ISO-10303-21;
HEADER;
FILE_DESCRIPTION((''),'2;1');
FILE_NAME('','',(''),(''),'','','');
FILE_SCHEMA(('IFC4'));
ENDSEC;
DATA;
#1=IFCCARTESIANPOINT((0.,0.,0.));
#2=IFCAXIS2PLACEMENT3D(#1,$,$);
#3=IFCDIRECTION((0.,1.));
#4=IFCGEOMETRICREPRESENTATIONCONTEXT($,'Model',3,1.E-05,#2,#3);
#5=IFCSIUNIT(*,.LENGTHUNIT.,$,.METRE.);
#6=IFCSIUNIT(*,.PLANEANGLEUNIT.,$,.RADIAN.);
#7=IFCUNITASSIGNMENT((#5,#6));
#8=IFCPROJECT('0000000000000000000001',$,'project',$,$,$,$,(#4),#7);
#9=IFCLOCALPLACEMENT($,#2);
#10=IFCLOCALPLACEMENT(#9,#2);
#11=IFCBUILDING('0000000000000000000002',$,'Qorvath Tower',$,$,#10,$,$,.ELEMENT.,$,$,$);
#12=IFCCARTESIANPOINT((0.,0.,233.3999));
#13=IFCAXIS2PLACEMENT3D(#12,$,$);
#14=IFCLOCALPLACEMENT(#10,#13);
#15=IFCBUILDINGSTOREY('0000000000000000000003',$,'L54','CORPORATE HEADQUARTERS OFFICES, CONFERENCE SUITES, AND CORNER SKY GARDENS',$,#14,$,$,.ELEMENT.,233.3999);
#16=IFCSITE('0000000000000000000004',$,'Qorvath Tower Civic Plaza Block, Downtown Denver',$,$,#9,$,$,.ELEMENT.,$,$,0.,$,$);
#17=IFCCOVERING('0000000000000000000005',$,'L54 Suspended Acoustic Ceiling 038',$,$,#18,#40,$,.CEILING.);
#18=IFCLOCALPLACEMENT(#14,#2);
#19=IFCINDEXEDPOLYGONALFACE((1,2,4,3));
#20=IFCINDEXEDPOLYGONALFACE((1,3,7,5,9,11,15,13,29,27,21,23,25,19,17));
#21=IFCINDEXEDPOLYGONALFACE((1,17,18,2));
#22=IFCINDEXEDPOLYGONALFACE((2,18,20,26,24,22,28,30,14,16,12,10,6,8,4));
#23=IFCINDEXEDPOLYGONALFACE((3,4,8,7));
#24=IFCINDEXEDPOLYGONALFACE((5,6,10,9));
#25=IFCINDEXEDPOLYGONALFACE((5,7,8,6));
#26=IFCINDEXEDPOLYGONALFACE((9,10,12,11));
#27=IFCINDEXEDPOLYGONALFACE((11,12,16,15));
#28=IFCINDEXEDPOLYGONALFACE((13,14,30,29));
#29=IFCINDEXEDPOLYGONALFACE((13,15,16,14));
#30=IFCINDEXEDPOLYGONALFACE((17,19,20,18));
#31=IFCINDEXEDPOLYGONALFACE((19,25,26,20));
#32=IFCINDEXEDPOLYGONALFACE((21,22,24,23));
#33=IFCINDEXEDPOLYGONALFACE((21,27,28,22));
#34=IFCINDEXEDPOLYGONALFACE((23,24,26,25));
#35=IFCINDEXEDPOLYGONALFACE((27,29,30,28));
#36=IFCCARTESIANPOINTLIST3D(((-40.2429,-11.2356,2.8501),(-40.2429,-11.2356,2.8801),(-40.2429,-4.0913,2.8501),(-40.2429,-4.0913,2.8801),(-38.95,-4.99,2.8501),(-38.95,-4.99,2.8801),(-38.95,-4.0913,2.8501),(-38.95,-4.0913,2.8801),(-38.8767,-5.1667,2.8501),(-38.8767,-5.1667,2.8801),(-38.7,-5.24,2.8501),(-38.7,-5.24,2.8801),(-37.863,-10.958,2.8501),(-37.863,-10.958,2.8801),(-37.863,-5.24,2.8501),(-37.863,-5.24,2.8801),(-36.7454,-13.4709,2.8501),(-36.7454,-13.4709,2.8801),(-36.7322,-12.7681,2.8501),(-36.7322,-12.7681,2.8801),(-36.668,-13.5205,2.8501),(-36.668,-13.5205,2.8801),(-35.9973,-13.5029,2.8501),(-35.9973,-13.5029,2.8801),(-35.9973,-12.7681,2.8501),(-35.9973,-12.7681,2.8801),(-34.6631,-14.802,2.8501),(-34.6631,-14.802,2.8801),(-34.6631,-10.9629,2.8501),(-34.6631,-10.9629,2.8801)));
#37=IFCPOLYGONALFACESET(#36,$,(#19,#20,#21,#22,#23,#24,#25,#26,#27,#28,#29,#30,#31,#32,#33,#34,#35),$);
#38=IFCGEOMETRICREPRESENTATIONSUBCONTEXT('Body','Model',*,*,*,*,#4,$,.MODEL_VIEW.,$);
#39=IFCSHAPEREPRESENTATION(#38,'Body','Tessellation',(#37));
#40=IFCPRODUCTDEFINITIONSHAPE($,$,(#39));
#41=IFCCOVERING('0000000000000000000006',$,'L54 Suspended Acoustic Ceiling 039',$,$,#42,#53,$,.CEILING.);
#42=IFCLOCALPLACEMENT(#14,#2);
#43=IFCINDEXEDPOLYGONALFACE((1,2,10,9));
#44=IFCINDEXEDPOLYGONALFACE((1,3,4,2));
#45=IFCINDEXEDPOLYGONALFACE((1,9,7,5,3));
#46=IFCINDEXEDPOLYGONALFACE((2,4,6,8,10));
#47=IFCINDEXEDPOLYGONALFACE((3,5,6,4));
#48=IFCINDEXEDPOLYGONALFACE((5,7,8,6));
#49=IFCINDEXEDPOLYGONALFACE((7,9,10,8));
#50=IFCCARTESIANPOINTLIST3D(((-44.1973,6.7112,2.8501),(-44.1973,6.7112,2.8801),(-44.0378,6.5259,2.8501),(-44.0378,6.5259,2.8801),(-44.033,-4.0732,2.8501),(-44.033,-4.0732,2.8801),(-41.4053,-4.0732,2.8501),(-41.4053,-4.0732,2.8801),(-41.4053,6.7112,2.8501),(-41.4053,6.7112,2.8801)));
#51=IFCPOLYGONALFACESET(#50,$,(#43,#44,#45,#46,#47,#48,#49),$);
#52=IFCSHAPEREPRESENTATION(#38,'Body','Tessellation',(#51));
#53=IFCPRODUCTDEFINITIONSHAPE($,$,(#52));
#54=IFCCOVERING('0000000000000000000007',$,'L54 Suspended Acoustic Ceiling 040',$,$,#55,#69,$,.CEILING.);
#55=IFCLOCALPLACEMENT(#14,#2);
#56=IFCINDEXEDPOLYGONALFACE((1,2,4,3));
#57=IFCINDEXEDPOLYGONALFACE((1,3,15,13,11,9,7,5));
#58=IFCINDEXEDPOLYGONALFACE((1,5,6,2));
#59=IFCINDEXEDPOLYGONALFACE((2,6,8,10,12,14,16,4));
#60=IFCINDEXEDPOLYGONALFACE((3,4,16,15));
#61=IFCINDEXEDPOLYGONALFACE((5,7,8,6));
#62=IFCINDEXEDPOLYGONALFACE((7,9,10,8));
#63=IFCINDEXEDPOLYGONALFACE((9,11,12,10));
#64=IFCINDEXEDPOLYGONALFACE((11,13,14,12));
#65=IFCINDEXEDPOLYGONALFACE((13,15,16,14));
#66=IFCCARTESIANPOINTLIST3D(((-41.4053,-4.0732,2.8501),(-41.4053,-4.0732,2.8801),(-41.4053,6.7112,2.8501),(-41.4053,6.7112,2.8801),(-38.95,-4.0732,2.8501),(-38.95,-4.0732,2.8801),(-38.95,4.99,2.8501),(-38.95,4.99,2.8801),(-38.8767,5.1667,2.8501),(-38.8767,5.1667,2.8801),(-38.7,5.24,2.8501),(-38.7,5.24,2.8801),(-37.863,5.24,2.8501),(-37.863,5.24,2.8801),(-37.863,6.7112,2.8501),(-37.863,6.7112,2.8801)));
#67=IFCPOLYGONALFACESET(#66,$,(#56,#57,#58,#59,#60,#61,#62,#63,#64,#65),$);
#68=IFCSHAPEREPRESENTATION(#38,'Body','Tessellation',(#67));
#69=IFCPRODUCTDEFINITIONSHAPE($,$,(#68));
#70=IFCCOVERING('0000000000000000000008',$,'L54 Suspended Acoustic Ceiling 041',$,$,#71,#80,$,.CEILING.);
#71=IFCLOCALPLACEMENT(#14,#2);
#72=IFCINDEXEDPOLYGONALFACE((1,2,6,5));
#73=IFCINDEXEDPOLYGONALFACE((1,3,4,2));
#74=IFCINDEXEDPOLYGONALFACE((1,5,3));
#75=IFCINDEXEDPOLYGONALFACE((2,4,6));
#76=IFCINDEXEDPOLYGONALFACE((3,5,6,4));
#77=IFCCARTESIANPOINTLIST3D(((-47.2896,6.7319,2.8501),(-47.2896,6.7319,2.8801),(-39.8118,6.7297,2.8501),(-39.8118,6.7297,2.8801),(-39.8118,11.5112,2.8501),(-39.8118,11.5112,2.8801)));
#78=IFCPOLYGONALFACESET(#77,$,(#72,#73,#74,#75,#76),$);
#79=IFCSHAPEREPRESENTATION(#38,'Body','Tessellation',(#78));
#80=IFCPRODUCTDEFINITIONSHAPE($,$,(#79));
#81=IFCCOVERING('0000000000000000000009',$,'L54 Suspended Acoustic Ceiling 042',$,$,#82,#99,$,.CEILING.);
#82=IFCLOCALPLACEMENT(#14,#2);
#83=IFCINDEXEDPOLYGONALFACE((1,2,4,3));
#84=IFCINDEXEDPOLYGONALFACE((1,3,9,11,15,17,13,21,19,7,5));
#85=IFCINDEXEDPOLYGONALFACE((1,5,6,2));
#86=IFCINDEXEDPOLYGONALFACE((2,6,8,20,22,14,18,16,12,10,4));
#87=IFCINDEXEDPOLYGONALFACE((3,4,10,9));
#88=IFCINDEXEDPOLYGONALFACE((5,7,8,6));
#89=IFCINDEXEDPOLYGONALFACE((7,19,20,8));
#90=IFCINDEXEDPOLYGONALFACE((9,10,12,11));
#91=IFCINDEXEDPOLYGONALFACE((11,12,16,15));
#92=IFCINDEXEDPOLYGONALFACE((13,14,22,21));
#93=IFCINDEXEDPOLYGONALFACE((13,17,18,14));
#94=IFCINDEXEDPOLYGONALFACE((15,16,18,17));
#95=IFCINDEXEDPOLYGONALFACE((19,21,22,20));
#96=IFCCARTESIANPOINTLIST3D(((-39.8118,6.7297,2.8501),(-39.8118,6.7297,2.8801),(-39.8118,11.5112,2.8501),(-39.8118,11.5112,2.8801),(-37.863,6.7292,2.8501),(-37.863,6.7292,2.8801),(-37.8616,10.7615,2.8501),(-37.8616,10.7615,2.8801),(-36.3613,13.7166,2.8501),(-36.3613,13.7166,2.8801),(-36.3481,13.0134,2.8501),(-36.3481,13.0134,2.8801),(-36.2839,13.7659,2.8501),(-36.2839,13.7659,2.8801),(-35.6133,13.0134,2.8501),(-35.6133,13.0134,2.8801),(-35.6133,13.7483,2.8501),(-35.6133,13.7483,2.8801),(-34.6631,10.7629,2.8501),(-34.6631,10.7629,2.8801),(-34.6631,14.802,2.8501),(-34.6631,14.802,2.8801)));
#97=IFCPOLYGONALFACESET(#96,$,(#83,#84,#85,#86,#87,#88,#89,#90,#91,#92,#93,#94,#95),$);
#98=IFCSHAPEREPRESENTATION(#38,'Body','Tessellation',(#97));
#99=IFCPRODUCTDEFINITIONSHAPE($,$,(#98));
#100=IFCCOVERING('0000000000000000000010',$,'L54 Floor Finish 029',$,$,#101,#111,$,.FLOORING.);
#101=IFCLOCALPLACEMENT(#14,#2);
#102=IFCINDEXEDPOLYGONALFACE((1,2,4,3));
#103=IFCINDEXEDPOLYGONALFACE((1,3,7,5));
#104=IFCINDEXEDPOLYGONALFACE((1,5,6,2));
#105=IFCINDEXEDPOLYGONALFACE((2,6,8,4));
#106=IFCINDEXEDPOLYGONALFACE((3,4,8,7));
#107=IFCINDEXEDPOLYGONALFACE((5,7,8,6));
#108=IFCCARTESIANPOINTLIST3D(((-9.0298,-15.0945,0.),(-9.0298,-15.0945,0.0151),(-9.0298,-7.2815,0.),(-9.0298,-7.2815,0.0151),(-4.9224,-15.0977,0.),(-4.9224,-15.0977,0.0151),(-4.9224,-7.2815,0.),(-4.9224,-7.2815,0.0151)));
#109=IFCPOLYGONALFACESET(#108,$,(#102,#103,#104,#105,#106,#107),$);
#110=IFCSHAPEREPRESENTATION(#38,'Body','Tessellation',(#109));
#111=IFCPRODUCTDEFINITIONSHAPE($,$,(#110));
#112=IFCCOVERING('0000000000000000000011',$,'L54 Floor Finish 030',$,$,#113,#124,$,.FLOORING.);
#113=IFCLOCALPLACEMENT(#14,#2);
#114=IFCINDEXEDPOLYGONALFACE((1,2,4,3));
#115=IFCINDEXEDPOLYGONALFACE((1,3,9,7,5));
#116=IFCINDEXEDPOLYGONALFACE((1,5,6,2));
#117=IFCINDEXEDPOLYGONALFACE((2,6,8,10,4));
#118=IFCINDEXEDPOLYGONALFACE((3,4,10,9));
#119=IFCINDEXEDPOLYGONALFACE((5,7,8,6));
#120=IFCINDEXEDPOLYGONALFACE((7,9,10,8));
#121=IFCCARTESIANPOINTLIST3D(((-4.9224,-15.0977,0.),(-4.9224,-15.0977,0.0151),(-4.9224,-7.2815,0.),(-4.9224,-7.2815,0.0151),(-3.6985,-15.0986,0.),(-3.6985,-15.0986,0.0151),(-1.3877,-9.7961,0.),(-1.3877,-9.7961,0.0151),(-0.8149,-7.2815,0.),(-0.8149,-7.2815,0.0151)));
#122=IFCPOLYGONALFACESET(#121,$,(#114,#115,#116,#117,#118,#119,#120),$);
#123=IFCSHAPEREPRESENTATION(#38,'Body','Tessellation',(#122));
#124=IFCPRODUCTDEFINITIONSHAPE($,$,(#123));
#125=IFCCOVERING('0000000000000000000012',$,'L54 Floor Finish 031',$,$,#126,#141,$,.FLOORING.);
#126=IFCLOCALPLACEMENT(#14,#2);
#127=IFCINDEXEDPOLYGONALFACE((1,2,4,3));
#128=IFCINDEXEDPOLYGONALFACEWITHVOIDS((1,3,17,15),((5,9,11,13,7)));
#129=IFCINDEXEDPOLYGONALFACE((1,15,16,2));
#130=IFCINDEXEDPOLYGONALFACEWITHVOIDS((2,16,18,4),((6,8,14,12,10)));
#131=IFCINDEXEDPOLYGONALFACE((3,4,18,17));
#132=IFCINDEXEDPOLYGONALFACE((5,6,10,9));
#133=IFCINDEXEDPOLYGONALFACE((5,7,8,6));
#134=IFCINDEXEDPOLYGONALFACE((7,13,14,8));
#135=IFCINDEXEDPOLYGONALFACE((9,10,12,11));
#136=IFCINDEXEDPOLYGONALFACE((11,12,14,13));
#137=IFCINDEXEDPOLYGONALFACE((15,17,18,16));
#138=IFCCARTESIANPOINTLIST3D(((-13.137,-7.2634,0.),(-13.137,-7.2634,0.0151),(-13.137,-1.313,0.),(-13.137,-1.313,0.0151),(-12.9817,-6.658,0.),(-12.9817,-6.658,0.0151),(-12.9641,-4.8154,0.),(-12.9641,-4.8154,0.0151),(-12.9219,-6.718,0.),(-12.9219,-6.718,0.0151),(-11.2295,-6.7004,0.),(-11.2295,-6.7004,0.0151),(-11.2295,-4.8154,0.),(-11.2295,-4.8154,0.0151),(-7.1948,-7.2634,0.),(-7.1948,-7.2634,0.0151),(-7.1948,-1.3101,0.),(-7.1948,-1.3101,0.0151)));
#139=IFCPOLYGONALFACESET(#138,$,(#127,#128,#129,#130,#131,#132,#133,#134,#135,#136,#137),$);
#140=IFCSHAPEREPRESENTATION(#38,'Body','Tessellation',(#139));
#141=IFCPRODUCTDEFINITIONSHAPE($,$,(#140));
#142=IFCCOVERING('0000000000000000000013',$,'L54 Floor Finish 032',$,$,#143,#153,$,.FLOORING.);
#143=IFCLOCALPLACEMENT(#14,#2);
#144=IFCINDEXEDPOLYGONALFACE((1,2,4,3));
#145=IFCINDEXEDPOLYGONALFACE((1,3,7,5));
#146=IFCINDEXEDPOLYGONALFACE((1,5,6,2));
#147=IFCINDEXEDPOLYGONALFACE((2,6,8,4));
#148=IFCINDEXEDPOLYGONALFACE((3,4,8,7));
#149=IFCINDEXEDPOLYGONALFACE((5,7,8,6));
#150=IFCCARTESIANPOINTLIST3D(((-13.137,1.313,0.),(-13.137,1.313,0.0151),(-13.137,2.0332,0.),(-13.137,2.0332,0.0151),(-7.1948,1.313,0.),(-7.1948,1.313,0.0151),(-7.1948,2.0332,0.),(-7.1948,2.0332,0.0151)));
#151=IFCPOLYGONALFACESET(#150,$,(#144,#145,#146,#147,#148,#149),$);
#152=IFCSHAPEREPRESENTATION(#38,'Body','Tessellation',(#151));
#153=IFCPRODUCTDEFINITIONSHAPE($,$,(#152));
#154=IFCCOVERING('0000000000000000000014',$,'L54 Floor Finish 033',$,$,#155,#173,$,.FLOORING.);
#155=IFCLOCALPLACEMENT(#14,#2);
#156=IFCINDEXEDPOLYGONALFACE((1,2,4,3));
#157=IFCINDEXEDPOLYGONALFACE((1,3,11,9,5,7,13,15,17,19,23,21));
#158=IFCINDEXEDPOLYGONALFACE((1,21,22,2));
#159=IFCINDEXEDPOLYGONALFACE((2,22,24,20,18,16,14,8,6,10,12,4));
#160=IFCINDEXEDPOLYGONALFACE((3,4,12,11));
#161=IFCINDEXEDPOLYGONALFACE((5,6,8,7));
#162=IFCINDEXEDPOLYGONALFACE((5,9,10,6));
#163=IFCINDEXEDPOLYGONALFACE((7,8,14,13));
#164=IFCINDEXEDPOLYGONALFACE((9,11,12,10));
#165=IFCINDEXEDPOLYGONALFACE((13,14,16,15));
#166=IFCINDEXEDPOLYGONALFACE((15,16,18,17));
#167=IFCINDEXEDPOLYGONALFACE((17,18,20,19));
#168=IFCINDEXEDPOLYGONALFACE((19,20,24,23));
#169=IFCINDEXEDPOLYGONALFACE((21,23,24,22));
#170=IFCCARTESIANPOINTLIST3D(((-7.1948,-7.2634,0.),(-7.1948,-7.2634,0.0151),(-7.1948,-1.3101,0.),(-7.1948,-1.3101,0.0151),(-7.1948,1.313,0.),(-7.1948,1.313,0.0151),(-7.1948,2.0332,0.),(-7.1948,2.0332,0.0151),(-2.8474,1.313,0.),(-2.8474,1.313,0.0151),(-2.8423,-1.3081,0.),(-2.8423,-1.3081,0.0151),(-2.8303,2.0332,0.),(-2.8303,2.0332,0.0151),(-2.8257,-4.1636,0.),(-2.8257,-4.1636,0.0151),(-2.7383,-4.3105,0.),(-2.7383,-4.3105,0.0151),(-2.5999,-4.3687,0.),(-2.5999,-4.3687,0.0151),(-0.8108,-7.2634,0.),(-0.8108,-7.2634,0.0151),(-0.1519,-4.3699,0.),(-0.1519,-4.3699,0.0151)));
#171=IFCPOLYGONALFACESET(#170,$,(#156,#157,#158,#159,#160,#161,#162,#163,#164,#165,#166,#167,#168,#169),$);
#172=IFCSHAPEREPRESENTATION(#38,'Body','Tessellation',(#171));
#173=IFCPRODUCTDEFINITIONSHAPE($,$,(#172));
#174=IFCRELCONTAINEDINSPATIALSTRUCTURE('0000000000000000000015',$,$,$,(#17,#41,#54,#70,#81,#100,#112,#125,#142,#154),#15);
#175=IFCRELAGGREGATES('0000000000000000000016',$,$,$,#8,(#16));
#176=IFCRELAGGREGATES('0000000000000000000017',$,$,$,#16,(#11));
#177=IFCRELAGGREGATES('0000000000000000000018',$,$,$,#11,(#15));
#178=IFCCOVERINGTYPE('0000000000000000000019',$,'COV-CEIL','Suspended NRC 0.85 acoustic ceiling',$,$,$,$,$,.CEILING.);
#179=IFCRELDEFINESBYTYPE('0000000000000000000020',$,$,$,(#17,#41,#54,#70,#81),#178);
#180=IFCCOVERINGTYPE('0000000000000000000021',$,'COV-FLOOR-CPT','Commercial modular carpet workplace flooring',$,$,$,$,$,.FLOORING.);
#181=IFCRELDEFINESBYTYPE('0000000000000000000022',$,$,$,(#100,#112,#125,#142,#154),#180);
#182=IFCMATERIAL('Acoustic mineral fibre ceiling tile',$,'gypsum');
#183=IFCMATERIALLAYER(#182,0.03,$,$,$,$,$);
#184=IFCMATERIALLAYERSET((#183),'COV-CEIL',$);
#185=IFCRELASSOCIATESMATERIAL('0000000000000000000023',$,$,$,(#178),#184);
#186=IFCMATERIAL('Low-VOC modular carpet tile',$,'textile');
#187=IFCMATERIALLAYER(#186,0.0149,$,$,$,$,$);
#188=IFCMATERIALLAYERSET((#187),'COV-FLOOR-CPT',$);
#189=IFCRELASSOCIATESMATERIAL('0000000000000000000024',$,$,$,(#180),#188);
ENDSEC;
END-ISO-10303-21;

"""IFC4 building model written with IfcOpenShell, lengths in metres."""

from ifc_helpers import new_model, si_unit, direction, frame, origin, place, context, subcontext, project, spatial, polyline, outline, extrude, material, layer, layer_set, type_object, element, save


model = new_model("IFC4")

# Units and contexts
model_context = context("Model", 3, precision=1e-05, world=origin(), true_north=direction((0.0, 1.0)))
body_context = subcontext(model_context, "Body", "Model", "MODEL_VIEW")
ifc_project = project(units=[si_unit("LENGTHUNIT", "METRE"), si_unit("PLANEANGLEUNIT", "RADIAN")], contexts=[model_context])

# Site, building, storey
site_placement = place(None, origin())
site = spatial("IfcSite", under=ifc_project, at=site_placement, Name="Qorvath Tower Civic Plaza Block, Downtown Denver", CompositionType="ELEMENT", RefElevation=0.0)
building_placement = place(site_placement, origin())
building = spatial("IfcBuilding", under=site, at=building_placement, Name="Qorvath Tower", CompositionType="ELEMENT")
storey_placement = place(building_placement, frame((0.0, 0.0, 233.3999)))
storey = spatial("IfcBuildingStorey", under=building, at=storey_placement, Name="L54", Description="CORPORATE HEADQUARTERS OFFICES, CONFERENCE SUITES, AND CORNER SKY GARDENS", CompositionType="ELEMENT", Elevation=233.3999)

# Coverings
ifc_material_1 = material(Name="Acoustic mineral fibre ceiling tile", Category="gypsum")
ifc_layer_1 = layer(ifc_material_1, 0.03)
ifc_layer_set_1 = layer_set([ifc_layer_1], Name="COV-CEIL")
covering_type_1 = type_object("IfcCoveringType", Name="COV-CEIL", Description="Suspended NRC 0.85 acoustic ceiling", PredefinedType="CEILING", material=ifc_layer_set_1)
covering_1_placement = place(storey_placement, frame((0.0, 0.0, 2.8501)))
element("IfcCovering", 1, at=covering_1_placement, inside=storey, type_object=covering_type_1, Name="L54 Suspended Acoustic Ceiling 038", PredefinedType="CEILING", context=body_context, shape_type="SweptSolid", body=[
    extrude(outline(polyline([(-40.2429, -4.0913), (-40.2429, -11.2356), (-36.7454, -13.4709), (-36.7322, -12.7681), (-35.9973, -12.7681), (-35.9973, -13.5029), (-36.668, -13.5205), (-34.6631, -14.802), (-34.6631, -10.9629), (-37.863, -10.958), (-37.863, -5.24), (-38.7, -5.24), (-38.8767, -5.1667), (-38.95, -4.99), (-38.95, -4.0913), (-40.2429, -4.0913)])), origin(), (0.0, 0.0, 1.0), 0.03),
])
covering_2_placement = place(storey_placement, frame((0.0, 0.0, 2.8501)))
element("IfcCovering", 2, at=covering_2_placement, inside=storey, type_object=covering_type_1, Name="L54 Suspended Acoustic Ceiling 039", PredefinedType="CEILING", context=body_context, shape_type="SweptSolid", body=[
    extrude(outline(polyline([(-44.0378, 6.5259), (-44.033, -4.0732), (-41.4053, -4.0732), (-41.4053, 6.7112), (-44.1973, 6.7112), (-44.0378, 6.5259)])), origin(), (0.0, 0.0, 1.0), 0.03),
])
covering_3_placement = place(storey_placement, frame((0.0, 0.0, 2.8501)))
element("IfcCovering", 3, at=covering_3_placement, inside=storey, type_object=covering_type_1, Name="L54 Suspended Acoustic Ceiling 040", PredefinedType="CEILING", context=body_context, shape_type="SweptSolid", body=[
    extrude(outline(polyline([(-41.4053, 6.7112), (-41.4053, -4.0732), (-38.95, -4.0732), (-38.95, 4.99), (-38.8767, 5.1667), (-38.7, 5.24), (-37.863, 5.24), (-37.863, 6.7112), (-41.4053, 6.7112)])), origin(), (0.0, 0.0, 1.0), 0.03),
])
covering_4_placement = place(storey_placement, frame((0.0, 0.0, 2.8501)))
element("IfcCovering", 4, at=covering_4_placement, inside=storey, type_object=covering_type_1, Name="L54 Suspended Acoustic Ceiling 041", PredefinedType="CEILING", context=body_context, shape_type="SweptSolid", body=[
    extrude(outline(polyline([(-39.8118, 6.7297), (-39.8118, 11.5112), (-47.2896, 6.7319), (-39.8118, 6.7297)])), origin(), (0.0, 0.0, 1.0), 0.03),
])
covering_5_placement = place(storey_placement, frame((0.0, 0.0, 2.8501)))
element("IfcCovering", 5, at=covering_5_placement, inside=storey, type_object=covering_type_1, Name="L54 Suspended Acoustic Ceiling 042", PredefinedType="CEILING", context=body_context, shape_type="SweptSolid", body=[
    extrude(outline(polyline([(-36.3613, 13.7166), (-39.8118, 11.5112), (-39.8118, 6.7297), (-37.863, 6.7292), (-37.8616, 10.7615), (-34.6631, 10.7629), (-34.6631, 14.802), (-36.2839, 13.7659), (-35.6133, 13.7483), (-35.6133, 13.0134), (-36.3481, 13.0134), (-36.3613, 13.7166)])), origin(), (0.0, 0.0, 1.0), 0.03),
])
ifc_material_2 = material(Name="Low-VOC modular carpet tile", Category="textile")
ifc_layer_2 = layer(ifc_material_2, 0.0149)
ifc_layer_set_2 = layer_set([ifc_layer_2], Name="COV-FLOOR-CPT")
covering_type_2 = type_object("IfcCoveringType", Name="COV-FLOOR-CPT", Description="Commercial modular carpet workplace flooring", PredefinedType="FLOORING", material=ifc_layer_set_2)
covering_6_placement = place(storey_placement, origin())
element("IfcCovering", 6, at=covering_6_placement, inside=storey, type_object=covering_type_2, Name="L54 Floor Finish 029", PredefinedType="FLOORING", context=body_context, shape_type="SweptSolid", body=[
    extrude(outline(polyline([(-9.0298, -7.2815), (-9.0298, -15.0945), (-4.9224, -15.0977), (-4.9224, -7.2815), (-9.0298, -7.2815)])), origin(), (0.0, 0.0, 1.0), 0.0151),
])
covering_7_placement = place(storey_placement, origin())
element("IfcCovering", 7, at=covering_7_placement, inside=storey, type_object=covering_type_2, Name="L54 Floor Finish 030", PredefinedType="FLOORING", context=body_context, shape_type="SweptSolid", body=[
    extrude(outline(polyline([(-4.9224, -7.2815), (-4.9224, -15.0977), (-3.6985, -15.0986), (-1.3877, -9.7961), (-0.8149, -7.2815), (-4.9224, -7.2815)])), origin(), (0.0, 0.0, 1.0), 0.0151),
])
covering_8_placement = place(storey_placement, origin())
element("IfcCovering", 8, at=covering_8_placement, inside=storey, type_object=covering_type_2, Name="L54 Floor Finish 031", PredefinedType="FLOORING", context=body_context, shape_type="SweptSolid", body=[
    extrude(outline(polyline([(-7.1948, -7.2634), (-7.1948, -1.3101), (-13.137, -1.313), (-13.137, -7.2634), (-7.1948, -7.2634)]), holes=[polyline([(-12.9817, -6.658), (-12.9641, -4.8154), (-11.2295, -4.8154), (-11.2295, -6.7004), (-12.9219, -6.718), (-12.9817, -6.658)])]), origin(), (0.0, 0.0, 1.0), 0.0151),
])
covering_9_placement = place(storey_placement, origin())
element("IfcCovering", 9, at=covering_9_placement, inside=storey, type_object=covering_type_2, Name="L54 Floor Finish 032", PredefinedType="FLOORING", context=body_context, shape_type="SweptSolid", body=[
    extrude(outline(polyline([(-7.1948, 1.313), (-7.1948, 2.0332), (-13.137, 2.0332), (-13.137, 1.313), (-7.1948, 1.313)])), origin(), (0.0, 0.0, 1.0), 0.0151),
])
covering_10_placement = place(storey_placement, origin())
element("IfcCovering", 10, at=covering_10_placement, inside=storey, type_object=covering_type_2, Name="L54 Floor Finish 033", PredefinedType="FLOORING", context=body_context, shape_type="SweptSolid", body=[
    extrude(outline(polyline([(-2.7383, -4.3105), (-2.8257, -4.1636), (-2.8303, 2.0332), (-7.1948, 2.0332), (-7.1948, 1.313), (-2.8474, 1.313), (-2.8423, -1.3081), (-7.1948, -1.3101), (-7.1948, -7.2634), (-0.8108, -7.2634), (-0.1519, -4.3699), (-2.5999, -4.3687), (-2.7383, -4.3105)])), origin(), (0.0, 0.0, 1.0), 0.0151),
])

save(model, "model.ifc")
